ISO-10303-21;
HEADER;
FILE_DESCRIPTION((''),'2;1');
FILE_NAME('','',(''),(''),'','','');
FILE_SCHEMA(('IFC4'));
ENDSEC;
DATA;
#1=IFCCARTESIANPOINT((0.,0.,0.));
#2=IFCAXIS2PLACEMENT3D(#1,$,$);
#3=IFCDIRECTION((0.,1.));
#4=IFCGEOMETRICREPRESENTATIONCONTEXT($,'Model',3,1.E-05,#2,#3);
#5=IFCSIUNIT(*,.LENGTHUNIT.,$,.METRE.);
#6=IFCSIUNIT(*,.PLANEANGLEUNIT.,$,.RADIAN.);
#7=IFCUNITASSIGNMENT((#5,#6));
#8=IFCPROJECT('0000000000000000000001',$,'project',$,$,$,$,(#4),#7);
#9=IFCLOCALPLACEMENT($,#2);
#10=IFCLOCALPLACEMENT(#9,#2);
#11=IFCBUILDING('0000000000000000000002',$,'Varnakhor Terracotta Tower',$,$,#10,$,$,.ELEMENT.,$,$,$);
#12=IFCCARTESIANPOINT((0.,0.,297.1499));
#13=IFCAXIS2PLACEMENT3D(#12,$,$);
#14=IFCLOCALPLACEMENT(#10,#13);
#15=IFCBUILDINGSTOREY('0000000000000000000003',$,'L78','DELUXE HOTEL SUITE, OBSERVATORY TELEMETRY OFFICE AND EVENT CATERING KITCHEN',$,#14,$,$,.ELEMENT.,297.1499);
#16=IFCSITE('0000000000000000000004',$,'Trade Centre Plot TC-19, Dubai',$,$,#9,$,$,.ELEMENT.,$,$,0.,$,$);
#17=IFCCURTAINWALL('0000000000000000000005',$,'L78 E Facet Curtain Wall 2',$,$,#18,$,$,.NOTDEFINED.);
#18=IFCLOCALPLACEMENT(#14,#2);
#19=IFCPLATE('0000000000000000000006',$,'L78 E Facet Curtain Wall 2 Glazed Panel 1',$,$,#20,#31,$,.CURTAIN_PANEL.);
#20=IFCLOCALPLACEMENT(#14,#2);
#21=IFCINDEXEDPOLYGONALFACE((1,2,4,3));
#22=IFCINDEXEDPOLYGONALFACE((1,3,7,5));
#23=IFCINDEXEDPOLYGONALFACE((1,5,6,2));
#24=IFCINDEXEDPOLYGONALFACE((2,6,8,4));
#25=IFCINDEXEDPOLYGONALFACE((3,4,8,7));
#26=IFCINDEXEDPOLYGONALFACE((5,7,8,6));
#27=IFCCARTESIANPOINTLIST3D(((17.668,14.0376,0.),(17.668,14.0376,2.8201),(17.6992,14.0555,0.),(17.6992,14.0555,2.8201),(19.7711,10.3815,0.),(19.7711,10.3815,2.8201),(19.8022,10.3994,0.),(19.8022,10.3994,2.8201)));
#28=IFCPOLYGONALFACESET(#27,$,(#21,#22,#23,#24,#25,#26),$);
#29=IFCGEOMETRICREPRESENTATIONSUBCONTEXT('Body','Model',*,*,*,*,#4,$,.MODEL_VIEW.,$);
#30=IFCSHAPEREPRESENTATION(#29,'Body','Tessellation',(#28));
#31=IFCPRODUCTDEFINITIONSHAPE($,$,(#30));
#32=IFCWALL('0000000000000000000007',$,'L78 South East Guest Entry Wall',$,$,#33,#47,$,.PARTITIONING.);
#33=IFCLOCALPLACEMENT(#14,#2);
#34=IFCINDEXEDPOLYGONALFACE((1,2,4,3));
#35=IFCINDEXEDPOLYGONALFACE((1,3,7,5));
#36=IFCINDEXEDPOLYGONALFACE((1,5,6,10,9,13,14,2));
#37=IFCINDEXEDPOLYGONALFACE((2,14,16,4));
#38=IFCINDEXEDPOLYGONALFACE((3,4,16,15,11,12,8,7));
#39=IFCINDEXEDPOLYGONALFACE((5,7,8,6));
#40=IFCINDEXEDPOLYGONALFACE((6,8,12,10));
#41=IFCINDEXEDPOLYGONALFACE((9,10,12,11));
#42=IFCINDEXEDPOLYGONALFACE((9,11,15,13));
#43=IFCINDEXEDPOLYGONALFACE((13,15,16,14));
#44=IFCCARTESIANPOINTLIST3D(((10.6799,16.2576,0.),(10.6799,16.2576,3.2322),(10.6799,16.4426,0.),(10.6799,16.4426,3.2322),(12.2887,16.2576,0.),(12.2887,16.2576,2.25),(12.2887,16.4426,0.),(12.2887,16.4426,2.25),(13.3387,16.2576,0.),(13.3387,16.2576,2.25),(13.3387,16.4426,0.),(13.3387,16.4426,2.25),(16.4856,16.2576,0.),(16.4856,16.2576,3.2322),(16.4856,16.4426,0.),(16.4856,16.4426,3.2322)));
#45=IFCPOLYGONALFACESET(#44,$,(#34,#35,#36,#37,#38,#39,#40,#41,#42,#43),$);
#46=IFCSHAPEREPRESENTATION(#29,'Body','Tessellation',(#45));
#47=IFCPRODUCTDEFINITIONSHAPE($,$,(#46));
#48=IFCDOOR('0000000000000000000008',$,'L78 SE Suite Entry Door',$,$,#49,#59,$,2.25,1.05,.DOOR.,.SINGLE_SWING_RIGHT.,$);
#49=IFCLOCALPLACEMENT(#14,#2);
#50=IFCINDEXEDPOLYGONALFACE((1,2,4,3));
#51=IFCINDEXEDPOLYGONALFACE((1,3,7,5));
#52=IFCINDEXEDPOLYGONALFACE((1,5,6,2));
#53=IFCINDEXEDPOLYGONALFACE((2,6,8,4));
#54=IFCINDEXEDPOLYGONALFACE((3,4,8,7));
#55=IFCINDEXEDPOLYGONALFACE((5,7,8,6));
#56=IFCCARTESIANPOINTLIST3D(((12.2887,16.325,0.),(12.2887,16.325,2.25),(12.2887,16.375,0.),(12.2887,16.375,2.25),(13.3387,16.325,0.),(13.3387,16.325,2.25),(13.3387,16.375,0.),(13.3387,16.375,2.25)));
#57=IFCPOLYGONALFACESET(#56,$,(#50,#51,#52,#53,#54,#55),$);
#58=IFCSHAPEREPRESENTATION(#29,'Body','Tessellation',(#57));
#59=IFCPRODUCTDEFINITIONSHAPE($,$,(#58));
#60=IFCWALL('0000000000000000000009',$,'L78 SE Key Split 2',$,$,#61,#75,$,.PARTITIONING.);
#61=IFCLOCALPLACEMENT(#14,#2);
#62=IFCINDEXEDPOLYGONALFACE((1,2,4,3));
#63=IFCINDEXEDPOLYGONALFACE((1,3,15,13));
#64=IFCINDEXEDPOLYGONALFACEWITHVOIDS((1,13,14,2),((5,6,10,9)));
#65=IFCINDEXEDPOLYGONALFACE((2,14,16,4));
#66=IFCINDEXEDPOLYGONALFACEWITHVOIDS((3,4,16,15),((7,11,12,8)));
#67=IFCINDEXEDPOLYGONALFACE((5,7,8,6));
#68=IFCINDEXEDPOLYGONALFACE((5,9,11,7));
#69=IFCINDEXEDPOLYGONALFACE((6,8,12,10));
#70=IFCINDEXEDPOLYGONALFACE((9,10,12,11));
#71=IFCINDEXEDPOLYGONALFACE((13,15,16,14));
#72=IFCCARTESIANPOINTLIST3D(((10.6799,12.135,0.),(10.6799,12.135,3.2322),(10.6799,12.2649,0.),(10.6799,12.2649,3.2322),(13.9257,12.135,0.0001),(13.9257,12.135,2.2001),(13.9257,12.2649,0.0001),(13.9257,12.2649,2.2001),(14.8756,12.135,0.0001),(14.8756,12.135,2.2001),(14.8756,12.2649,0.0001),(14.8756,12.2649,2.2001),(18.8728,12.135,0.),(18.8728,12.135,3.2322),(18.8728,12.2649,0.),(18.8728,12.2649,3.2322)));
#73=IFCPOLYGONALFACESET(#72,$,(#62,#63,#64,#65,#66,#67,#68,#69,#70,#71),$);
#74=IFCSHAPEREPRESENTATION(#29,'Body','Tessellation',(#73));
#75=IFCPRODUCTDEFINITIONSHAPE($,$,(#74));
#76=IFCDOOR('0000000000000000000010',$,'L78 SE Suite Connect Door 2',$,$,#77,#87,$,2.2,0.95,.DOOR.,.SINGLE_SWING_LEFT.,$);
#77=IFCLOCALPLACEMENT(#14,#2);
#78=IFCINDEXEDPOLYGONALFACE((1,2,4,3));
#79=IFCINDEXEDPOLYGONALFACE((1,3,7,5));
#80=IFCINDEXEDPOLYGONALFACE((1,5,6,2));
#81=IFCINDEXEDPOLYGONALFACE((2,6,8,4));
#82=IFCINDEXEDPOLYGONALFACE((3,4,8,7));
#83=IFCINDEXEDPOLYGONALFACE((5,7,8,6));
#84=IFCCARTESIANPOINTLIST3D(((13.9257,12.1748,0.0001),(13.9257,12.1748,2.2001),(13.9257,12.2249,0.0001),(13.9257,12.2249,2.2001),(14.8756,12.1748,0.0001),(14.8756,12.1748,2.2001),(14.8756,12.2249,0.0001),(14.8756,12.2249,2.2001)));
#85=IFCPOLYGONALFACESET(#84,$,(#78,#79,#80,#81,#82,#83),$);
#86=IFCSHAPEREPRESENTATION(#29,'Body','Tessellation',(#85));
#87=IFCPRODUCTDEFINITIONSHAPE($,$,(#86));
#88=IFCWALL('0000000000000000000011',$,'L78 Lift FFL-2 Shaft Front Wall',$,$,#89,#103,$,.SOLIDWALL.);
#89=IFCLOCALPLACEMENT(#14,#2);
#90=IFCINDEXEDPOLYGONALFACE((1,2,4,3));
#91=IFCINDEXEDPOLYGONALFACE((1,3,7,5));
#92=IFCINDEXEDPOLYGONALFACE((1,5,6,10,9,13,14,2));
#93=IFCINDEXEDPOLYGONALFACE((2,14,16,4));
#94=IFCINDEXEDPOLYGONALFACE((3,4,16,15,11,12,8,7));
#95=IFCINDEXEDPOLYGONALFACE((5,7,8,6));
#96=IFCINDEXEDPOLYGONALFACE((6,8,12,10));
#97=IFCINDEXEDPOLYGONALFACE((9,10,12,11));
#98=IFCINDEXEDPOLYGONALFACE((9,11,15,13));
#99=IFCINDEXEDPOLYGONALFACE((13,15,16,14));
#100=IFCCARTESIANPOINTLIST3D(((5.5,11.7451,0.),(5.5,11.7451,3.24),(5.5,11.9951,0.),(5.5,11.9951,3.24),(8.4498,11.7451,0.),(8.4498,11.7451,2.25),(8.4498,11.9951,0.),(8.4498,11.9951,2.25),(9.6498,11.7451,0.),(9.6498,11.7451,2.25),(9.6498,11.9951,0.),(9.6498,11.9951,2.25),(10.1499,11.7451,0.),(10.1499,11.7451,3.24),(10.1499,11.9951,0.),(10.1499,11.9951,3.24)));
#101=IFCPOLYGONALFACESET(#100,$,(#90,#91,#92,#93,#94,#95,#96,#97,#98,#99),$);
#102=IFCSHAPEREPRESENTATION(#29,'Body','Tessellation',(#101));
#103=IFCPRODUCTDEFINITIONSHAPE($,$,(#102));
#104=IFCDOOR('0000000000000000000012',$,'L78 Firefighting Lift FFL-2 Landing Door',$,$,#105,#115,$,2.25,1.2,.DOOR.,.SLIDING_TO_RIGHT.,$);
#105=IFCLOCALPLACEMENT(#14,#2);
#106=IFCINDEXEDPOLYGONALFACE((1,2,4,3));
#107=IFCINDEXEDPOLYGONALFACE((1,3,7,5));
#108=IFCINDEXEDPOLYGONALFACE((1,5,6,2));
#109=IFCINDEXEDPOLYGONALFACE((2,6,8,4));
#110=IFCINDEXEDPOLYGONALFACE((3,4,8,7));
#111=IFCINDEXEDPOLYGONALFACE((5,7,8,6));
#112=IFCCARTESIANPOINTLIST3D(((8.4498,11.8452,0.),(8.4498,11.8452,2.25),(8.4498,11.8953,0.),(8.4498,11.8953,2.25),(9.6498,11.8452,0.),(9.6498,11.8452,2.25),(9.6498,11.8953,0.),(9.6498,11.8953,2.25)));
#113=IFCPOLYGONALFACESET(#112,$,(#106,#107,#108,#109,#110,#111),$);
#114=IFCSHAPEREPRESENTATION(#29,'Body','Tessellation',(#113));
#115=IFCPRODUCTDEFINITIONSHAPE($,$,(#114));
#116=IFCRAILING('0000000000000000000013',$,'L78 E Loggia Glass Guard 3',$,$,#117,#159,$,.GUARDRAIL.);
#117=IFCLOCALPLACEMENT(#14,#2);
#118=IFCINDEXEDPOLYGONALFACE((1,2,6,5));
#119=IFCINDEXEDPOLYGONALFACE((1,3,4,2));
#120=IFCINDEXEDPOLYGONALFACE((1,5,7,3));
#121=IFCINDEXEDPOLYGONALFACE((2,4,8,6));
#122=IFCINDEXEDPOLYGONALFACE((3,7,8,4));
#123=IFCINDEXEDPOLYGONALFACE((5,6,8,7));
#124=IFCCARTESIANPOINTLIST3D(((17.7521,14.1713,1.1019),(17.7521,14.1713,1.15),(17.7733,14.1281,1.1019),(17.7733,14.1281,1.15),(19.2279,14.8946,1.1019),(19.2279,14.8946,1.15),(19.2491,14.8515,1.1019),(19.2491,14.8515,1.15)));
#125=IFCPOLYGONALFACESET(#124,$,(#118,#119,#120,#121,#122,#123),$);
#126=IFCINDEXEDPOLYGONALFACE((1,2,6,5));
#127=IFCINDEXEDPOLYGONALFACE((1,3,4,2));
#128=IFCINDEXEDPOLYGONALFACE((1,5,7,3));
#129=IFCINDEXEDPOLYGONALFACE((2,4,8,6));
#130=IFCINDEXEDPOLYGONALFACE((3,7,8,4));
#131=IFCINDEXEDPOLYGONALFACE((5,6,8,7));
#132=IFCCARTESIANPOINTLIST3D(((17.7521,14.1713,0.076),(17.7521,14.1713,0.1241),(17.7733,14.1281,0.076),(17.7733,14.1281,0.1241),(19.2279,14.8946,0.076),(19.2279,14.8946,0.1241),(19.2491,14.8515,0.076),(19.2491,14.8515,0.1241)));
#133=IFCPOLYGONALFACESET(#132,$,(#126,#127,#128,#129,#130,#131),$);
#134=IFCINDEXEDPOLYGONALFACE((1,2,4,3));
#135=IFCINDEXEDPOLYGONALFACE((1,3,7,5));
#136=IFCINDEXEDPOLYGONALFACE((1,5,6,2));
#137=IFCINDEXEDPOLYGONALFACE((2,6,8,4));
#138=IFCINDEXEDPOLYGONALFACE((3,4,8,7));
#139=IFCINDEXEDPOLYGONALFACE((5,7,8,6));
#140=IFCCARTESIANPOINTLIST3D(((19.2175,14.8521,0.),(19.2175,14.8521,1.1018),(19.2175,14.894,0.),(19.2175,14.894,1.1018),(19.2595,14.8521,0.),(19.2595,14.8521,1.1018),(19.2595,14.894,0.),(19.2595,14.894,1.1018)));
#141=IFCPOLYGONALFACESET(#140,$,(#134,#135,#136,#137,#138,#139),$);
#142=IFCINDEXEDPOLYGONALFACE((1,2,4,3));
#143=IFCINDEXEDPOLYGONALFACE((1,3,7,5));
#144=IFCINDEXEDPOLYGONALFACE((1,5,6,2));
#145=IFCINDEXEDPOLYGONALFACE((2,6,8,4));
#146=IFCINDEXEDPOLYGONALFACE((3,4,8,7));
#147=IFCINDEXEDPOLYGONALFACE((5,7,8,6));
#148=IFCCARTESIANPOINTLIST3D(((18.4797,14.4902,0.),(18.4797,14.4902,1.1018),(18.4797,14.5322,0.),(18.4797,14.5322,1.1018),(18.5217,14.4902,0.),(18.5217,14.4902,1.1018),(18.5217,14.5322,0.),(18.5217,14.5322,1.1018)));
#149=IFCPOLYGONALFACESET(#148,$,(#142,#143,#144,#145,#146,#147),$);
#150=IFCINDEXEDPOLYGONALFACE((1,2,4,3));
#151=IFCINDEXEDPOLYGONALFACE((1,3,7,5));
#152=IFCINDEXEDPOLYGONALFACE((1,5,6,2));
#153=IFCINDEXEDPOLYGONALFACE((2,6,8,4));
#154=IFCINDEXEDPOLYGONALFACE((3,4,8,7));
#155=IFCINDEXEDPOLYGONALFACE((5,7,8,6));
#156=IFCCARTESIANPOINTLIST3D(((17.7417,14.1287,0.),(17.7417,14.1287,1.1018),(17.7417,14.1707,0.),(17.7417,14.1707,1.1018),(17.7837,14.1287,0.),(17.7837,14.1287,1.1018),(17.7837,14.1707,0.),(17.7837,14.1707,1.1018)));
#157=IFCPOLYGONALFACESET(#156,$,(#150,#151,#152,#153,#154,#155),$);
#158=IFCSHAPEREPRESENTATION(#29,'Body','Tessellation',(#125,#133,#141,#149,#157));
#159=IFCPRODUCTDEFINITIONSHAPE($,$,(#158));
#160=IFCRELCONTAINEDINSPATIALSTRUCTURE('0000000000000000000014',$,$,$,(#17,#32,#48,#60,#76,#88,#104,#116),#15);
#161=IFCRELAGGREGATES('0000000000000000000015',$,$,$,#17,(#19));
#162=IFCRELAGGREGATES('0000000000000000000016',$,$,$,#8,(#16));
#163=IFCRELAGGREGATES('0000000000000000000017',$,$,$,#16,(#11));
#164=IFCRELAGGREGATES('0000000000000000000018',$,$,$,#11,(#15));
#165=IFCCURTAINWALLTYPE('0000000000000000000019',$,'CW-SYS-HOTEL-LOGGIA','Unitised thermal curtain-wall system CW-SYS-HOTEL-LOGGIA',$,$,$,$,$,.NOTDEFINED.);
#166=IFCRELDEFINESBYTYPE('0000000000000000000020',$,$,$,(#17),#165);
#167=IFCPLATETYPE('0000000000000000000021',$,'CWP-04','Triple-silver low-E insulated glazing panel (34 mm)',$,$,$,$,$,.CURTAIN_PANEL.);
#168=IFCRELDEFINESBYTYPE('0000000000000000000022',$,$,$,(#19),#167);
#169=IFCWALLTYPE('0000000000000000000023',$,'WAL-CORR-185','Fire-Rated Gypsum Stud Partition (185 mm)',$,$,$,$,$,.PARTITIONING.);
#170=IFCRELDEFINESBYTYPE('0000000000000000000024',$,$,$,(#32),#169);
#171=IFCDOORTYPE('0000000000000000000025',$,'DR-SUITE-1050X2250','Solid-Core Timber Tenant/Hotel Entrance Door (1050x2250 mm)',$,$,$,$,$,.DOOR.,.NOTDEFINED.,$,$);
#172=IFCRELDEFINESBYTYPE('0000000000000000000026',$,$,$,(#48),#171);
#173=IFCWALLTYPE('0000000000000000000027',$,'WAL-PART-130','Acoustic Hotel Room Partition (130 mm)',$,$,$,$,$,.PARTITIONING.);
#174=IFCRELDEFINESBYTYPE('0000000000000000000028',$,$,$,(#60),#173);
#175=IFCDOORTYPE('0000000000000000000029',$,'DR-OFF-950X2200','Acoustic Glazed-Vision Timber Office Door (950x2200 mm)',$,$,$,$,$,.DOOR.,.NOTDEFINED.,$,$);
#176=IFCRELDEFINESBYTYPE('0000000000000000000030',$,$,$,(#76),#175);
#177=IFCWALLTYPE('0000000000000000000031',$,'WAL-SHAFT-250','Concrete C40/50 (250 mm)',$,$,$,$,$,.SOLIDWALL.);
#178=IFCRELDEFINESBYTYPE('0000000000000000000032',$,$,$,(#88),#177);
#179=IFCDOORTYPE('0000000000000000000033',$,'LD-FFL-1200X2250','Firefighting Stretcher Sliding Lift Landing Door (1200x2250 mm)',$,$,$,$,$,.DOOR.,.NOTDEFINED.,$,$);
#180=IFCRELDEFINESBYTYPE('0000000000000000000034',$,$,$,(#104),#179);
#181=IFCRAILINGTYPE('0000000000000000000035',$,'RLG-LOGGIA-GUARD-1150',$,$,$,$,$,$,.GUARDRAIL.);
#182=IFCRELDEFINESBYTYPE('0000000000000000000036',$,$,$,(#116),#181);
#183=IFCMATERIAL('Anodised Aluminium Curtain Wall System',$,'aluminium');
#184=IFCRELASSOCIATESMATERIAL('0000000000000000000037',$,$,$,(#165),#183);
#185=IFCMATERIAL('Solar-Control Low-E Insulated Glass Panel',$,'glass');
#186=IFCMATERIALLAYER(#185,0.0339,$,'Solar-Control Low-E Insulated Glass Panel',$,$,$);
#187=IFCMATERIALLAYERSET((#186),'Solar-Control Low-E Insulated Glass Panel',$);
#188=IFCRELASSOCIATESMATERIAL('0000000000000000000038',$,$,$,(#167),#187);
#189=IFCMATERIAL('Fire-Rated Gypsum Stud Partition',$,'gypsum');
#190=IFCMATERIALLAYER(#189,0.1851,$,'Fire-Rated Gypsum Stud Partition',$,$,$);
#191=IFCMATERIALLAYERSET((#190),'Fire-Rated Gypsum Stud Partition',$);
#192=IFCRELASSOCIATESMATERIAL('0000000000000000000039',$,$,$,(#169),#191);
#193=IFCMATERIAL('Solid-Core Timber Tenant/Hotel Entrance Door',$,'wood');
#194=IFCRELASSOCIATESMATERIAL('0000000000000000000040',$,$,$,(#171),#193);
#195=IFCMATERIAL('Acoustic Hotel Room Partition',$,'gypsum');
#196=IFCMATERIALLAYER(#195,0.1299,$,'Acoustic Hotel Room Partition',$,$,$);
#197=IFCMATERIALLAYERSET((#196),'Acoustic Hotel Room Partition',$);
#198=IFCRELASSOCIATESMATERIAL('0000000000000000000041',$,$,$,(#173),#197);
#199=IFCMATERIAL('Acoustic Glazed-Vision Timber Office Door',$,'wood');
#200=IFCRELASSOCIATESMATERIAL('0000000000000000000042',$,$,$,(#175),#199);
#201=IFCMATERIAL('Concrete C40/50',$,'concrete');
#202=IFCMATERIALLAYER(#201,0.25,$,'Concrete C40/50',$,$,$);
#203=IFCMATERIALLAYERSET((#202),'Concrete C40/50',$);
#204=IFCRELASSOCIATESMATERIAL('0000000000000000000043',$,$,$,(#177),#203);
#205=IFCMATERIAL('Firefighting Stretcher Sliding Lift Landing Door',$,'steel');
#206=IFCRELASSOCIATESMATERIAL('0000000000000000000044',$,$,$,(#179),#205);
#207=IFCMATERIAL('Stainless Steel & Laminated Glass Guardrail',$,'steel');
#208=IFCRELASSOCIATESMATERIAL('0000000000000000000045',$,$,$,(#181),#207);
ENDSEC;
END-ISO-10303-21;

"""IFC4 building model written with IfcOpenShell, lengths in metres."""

from ifc_helpers import new_model, si_unit, direction, frame, frame_2d, origin, origin_2d, place, context, subcontext, project, spatial, rectangle, extrude, source, transform, mapped, material, layer, layer_set, type_object, type_shapes, element, fill, aggregate, save


model = new_model("IFC4")

# Units and contexts
model_context = context("Model", 3, precision=1e-05, world=origin(), true_north=direction((0.0, 1.0)))
body_context = subcontext(model_context, "Body", "Model", "MODEL_VIEW")
ifc_project = project(units=[si_unit("LENGTHUNIT", "METRE"), si_unit("PLANEANGLEUNIT", "RADIAN")], contexts=[model_context])

# Site, building, storey
site_placement = place(None, origin())
site = spatial("IfcSite", under=ifc_project, at=site_placement, Name="Trade Centre Plot TC-19, Dubai", CompositionType="ELEMENT", RefElevation=0.0)
building_placement = place(site_placement, origin())
building = spatial("IfcBuilding", under=site, at=building_placement, Name="Varnakhor Terracotta Tower", CompositionType="ELEMENT")
storey_placement = place(building_placement, frame((0.0, 0.0, 297.1499)))
storey = spatial("IfcBuildingStorey", under=building, at=storey_placement, Name="L78", Description="DELUXE HOTEL SUITE, OBSERVATORY TELEMETRY OFFICE AND EVENT CATERING KITCHEN", CompositionType="ELEMENT", Elevation=297.1499)

# Curtain wall
ifc_material_1 = material(Name="Anodised Aluminium Curtain Wall System", Category="aluminium")
curtain_wall_type = type_object("IfcCurtainWallType", Name="CW-SYS-HOTEL-LOGGIA", Description="Unitised thermal curtain-wall system CW-SYS-HOTEL-LOGGIA", PredefinedType="NOTDEFINED", material=ifc_material_1)
curtain_wall_placement = place(storey_placement, origin())
curtain_wall = element("IfcCurtainWall", 1, at=curtain_wall_placement, inside=storey, type_object=curtain_wall_type, Name="L78 E Facet Curtain Wall 2", PredefinedType="NOTDEFINED")

# Plate
ifc_material_2 = material(Name="Solar-Control Low-E Insulated Glass Panel", Category="glass")
ifc_layer_1 = layer(ifc_material_2, 0.0339, Name="Solar-Control Low-E Insulated Glass Panel")
ifc_layer_set_1 = layer_set([ifc_layer_1], Name="Solar-Control Low-E Insulated Glass Panel")
plate_type = type_object("IfcPlateType", Name="CWP-04", Description="Triple-silver low-E insulated glazing panel (34 mm)", PredefinedType="CURTAIN_PANEL", material=ifc_layer_set_1)
shared_shape_1 = source(origin(), body_context, "Body", "SweptSolid", [
    extrude(rectangle(XDim=4.2178, YDim=0.0359, at=origin_2d()), origin(), (0.0, 0.0, 1.0), 2.8201),
])
plate_1_placement = place(storey_placement, frame((18.7351, 12.2185, 0.0), z_axis=(0.0, 0.0, 1.0), x_axis=(0.498609, -0.866827, 0.0)))
plate_1 = element("IfcPlate", 2, at=plate_1_placement, type_object=plate_type, Name="L78 E Facet Curtain Wall 2 Glazed Panel 1", PredefinedType="CURTAIN_PANEL", context=body_context, shape_type="MappedRepresentation", body=[
    mapped(shared_shape_1, transform((0.0, 0.0, 0.0), scale=1.0)),
])
aggregate(curtain_wall, [plate_1])

# Walls, openings, doors
ifc_material_3 = material(Name="Fire-Rated Gypsum Stud Partition", Category="gypsum")
ifc_layer_2 = layer(ifc_material_3, 0.1851, Name="Fire-Rated Gypsum Stud Partition")
ifc_layer_set_2 = layer_set([ifc_layer_2], Name="Fire-Rated Gypsum Stud Partition")
wall_type_1 = type_object("IfcWallType", Name="WAL-CORR-185", Description="Fire-Rated Gypsum Stud Partition (185 mm)", PredefinedType="PARTITIONING", material=ifc_layer_set_2)
wall_1_placement = place(storey_placement, frame((10.6799, 16.3501, 0.0), z_axis=(0.0, 0.0, 1.0), x_axis=(1.0, 0.0, 0.0)))
wall_1 = element("IfcWall", 3, at=wall_1_placement, inside=storey, type_object=wall_type_1, Name="L78 South East Guest Entry Wall", PredefinedType="PARTITIONING", context=body_context, shape_type="SweptSolid", body=[
    extrude(rectangle(XDim=5.8057, YDim=0.1851, at=frame_2d((2.9028, 0.0))), origin(), (0.0, 0.0, 1.0), 3.2322),
])
opening_1_placement = place(wall_1_placement, frame((1.6089, 0.0, 0.0)))
opening_1 = element("IfcOpeningElement", 4, at=opening_1_placement, cuts=wall_1, PredefinedType="OPENING", context=body_context, shape_type="SweptSolid", body=[
    extrude(rectangle(XDim=1.05, YDim=2.25, at=frame_2d((0.5249, 1.125))), frame((0.0, 0.1025, 0.0), z_axis=(0.0, -1.0, 0.0), x_axis=(1.0, 0.0, 0.0)), (0.0, 0.0, 1.0), 0.2051),
])
ifc_material_4 = material(Name="Solid-Core Timber Tenant/Hotel Entrance Door", Category="wood")
door_type_1 = type_object("IfcDoorType", Name="DR-SUITE-1050X2250", Description="Solid-Core Timber Tenant/Hotel Entrance Door (1050x2250 mm)", OperationType="NOTDEFINED", PredefinedType="DOOR", material=ifc_material_4)
shared_shape_2 = source(origin(), body_context, "Body", "SweptSolid", [
    extrude(rectangle(XDim=1.05, YDim=2.25, at=frame_2d((0.5249, 1.125))), frame((0.0, 0.0249, 0.0), z_axis=(0.0, -1.0, 0.0), x_axis=(1.0, 0.0, 0.0)), (0.0, 0.0, 1.0), 0.05),
])
type_shapes(door_type_1, [shared_shape_2])
door_1_placement = place(opening_1_placement, origin())
door_1 = element("IfcDoor", 5, at=door_1_placement, inside=storey, type_object=door_type_1, Name="L78 SE Suite Entry Door", OperationType="SINGLE_SWING_RIGHT", OverallHeight=2.25, OverallWidth=1.05, PredefinedType="DOOR", context=body_context, shape_type="MappedRepresentation", body=[
    mapped(shared_shape_2, transform((0.0, 0.0, 0.0), scale=1.0)),
])
fill(opening_1, door_1)
ifc_material_5 = material(Name="Acoustic Hotel Room Partition", Category="gypsum")
ifc_layer_3 = layer(ifc_material_5, 0.1299, Name="Acoustic Hotel Room Partition")
ifc_layer_set_3 = layer_set([ifc_layer_3], Name="Acoustic Hotel Room Partition")
wall_type_2 = type_object("IfcWallType", Name="WAL-PART-130", Description="Acoustic Hotel Room Partition (130 mm)", PredefinedType="PARTITIONING", material=ifc_layer_set_3)
wall_2_placement = place(storey_placement, frame((10.6799, 12.2, 0.0), z_axis=(0.0, 0.0, 1.0), x_axis=(1.0, 0.0, 0.0)))
wall_2 = element("IfcWall", 6, at=wall_2_placement, inside=storey, type_object=wall_type_2, Name="L78 SE Key Split 2", PredefinedType="PARTITIONING", context=body_context, shape_type="SweptSolid", body=[
    extrude(rectangle(XDim=8.1929, YDim=0.1299, at=frame_2d((4.0964, 0.0))), origin(), (0.0, 0.0, 1.0), 3.2322),
])
opening_2_placement = place(wall_2_placement, frame((3.2456, 0.0, 0.0)))
opening_2 = element("IfcOpeningElement", 7, at=opening_2_placement, cuts=wall_2, PredefinedType="OPENING", context=body_context, shape_type="SweptSolid", body=[
    extrude(rectangle(XDim=0.95, YDim=2.2, at=frame_2d((0.4751, 1.1001))), frame((0.0, 0.075, 0.0), z_axis=(0.0, -1.0, 0.0), x_axis=(1.0, 0.0, 0.0)), (0.0, 0.0, 1.0), 0.1499),
])
ifc_material_6 = material(Name="Acoustic Glazed-Vision Timber Office Door", Category="wood")
door_type_2 = type_object("IfcDoorType", Name="DR-OFF-950X2200", Description="Acoustic Glazed-Vision Timber Office Door (950x2200 mm)", OperationType="NOTDEFINED", PredefinedType="DOOR", material=ifc_material_6)
shared_shape_3 = source(origin(), body_context, "Body", "SweptSolid", [
    extrude(rectangle(XDim=0.95, YDim=2.2, at=frame_2d((0.4751, 1.1001))), frame((0.0, 0.0249, 0.0), z_axis=(0.0, -1.0, 0.0), x_axis=(1.0, 0.0, 0.0)), (0.0, 0.0, 1.0), 0.05),
])
type_shapes(door_type_2, [shared_shape_3])
door_2_placement = place(opening_2_placement, origin())
door_2 = element("IfcDoor", 8, at=door_2_placement, inside=storey, type_object=door_type_2, Name="L78 SE Suite Connect Door 2", OperationType="SINGLE_SWING_LEFT", OverallHeight=2.2, OverallWidth=0.95, PredefinedType="DOOR", context=body_context, shape_type="MappedRepresentation", body=[
    mapped(shared_shape_3, transform((0.0, 0.0, 0.0), scale=1.0)),
])
fill(opening_2, door_2)
ifc_material_7 = material(Name="Concrete C40/50", Category="concrete")
ifc_layer_4 = layer(ifc_material_7, 0.25, Name="Concrete C40/50")
ifc_layer_set_4 = layer_set([ifc_layer_4], Name="Concrete C40/50")
wall_type_3 = type_object("IfcWallType", Name="WAL-SHAFT-250", Description="Concrete C40/50 (250 mm)", PredefinedType="SOLIDWALL", material=ifc_layer_set_4)
wall_3_placement = place(storey_placement, frame((10.1499, 11.8701, 0.0), z_axis=(0.0, 0.0, 1.0), x_axis=(-1.0, 0.0, 0.0)))
wall_3 = element("IfcWall", 9, at=wall_3_placement, inside=storey, type_object=wall_type_3, Name="L78 Lift FFL-2 Shaft Front Wall", PredefinedType="SOLIDWALL", context=body_context, shape_type="SweptSolid", body=[
    extrude(rectangle(XDim=4.6499, YDim=0.25, at=frame_2d((2.325, 0.0))), origin(), (0.0, 0.0, 1.0), 3.24),
])
opening_3_placement = place(wall_3_placement, frame((0.5, 0.0, 0.0)))
opening_3 = element("IfcOpeningElement", 10, at=opening_3_placement, cuts=wall_3, PredefinedType="OPENING", context=body_context, shape_type="SweptSolid", body=[
    extrude(rectangle(XDim=1.2, YDim=2.25, at=frame_2d((0.6001, 1.125))), frame((0.0, 0.135, 0.0), z_axis=(0.0, -1.0, 0.0), x_axis=(1.0, 0.0, 0.0)), (0.0, 0.0, 1.0), 0.27),
])
ifc_material_8 = material(Name="Firefighting Stretcher Sliding Lift Landing Door", Category="steel")
door_type_3 = type_object("IfcDoorType", Name="LD-FFL-1200X2250", Description="Firefighting Stretcher Sliding Lift Landing Door (1200x2250 mm)", OperationType="NOTDEFINED", PredefinedType="DOOR", material=ifc_material_8)
shared_shape_4 = source(origin(), body_context, "Body", "SweptSolid", [
    extrude(rectangle(XDim=1.2, YDim=2.25, at=frame_2d((0.6001, 1.125))), frame((0.0, 0.0249, 0.0), z_axis=(0.0, -1.0, 0.0), x_axis=(1.0, 0.0, 0.0)), (0.0, 0.0, 1.0), 0.05),
])
type_shapes(door_type_3, [shared_shape_4])
door_3_placement = place(opening_3_placement, origin())
door_3 = element("IfcDoor", 11, at=door_3_placement, inside=storey, type_object=door_type_3, Name="L78 Firefighting Lift FFL-2 Landing Door", OperationType="SLIDING_TO_RIGHT", OverallHeight=2.25, OverallWidth=1.2, PredefinedType="DOOR", context=body_context, shape_type="MappedRepresentation", body=[
    mapped(shared_shape_4, transform((0.0, 0.0, 0.0), scale=1.0)),
])
fill(opening_3, door_3)

# Railing
ifc_material_9 = material(Name="Stainless Steel & Laminated Glass Guardrail", Category="steel")
railing_type = type_object("IfcRailingType", Name="RLG-LOGGIA-GUARD-1150", PredefinedType="GUARDRAIL", material=ifc_material_9)
railing_placement = place(storey_placement, frame((19.2385, 14.873, 0.0)))
element("IfcRailing", 12, at=railing_placement, inside=storey, type_object=railing_type, Name="L78 E Loggia Glass Guard 3", PredefinedType="GUARDRAIL", context=body_context, shape_type="SweptSolid", body=[
    extrude(rectangle(XDim=0.0481, YDim=0.0481, at=origin_2d()), frame((0.0, 0.0, 1.126), z_axis=(-0.897935, -0.440129, 0.0), x_axis=(0.440129, -0.897935, 0.0)), (0.0, 0.0, 1.0), 1.6436),
    extrude(rectangle(XDim=0.0481, YDim=0.0481, at=origin_2d()), frame((0.0, 0.0, 0.1001), z_axis=(-0.897935, -0.440129, 0.0), x_axis=(0.440129, -0.897935, 0.0)), (0.0, 0.0, 1.0), 1.6436),
    extrude(rectangle(XDim=0.042, YDim=0.042, at=origin_2d()), origin(), (0.0, 0.0, 1.0), 1.1018),
    extrude(rectangle(XDim=0.042, YDim=0.042, at=origin_2d()), frame((-0.7378, -0.3618, 0.0)), (0.0, 0.0, 1.0), 1.1018),
    extrude(rectangle(XDim=0.042, YDim=0.042, at=origin_2d()), frame((-1.4758, -0.7234, 0.0)), (0.0, 0.0, 1.0), 1.1018),
])

save(model, "model.ifc")
